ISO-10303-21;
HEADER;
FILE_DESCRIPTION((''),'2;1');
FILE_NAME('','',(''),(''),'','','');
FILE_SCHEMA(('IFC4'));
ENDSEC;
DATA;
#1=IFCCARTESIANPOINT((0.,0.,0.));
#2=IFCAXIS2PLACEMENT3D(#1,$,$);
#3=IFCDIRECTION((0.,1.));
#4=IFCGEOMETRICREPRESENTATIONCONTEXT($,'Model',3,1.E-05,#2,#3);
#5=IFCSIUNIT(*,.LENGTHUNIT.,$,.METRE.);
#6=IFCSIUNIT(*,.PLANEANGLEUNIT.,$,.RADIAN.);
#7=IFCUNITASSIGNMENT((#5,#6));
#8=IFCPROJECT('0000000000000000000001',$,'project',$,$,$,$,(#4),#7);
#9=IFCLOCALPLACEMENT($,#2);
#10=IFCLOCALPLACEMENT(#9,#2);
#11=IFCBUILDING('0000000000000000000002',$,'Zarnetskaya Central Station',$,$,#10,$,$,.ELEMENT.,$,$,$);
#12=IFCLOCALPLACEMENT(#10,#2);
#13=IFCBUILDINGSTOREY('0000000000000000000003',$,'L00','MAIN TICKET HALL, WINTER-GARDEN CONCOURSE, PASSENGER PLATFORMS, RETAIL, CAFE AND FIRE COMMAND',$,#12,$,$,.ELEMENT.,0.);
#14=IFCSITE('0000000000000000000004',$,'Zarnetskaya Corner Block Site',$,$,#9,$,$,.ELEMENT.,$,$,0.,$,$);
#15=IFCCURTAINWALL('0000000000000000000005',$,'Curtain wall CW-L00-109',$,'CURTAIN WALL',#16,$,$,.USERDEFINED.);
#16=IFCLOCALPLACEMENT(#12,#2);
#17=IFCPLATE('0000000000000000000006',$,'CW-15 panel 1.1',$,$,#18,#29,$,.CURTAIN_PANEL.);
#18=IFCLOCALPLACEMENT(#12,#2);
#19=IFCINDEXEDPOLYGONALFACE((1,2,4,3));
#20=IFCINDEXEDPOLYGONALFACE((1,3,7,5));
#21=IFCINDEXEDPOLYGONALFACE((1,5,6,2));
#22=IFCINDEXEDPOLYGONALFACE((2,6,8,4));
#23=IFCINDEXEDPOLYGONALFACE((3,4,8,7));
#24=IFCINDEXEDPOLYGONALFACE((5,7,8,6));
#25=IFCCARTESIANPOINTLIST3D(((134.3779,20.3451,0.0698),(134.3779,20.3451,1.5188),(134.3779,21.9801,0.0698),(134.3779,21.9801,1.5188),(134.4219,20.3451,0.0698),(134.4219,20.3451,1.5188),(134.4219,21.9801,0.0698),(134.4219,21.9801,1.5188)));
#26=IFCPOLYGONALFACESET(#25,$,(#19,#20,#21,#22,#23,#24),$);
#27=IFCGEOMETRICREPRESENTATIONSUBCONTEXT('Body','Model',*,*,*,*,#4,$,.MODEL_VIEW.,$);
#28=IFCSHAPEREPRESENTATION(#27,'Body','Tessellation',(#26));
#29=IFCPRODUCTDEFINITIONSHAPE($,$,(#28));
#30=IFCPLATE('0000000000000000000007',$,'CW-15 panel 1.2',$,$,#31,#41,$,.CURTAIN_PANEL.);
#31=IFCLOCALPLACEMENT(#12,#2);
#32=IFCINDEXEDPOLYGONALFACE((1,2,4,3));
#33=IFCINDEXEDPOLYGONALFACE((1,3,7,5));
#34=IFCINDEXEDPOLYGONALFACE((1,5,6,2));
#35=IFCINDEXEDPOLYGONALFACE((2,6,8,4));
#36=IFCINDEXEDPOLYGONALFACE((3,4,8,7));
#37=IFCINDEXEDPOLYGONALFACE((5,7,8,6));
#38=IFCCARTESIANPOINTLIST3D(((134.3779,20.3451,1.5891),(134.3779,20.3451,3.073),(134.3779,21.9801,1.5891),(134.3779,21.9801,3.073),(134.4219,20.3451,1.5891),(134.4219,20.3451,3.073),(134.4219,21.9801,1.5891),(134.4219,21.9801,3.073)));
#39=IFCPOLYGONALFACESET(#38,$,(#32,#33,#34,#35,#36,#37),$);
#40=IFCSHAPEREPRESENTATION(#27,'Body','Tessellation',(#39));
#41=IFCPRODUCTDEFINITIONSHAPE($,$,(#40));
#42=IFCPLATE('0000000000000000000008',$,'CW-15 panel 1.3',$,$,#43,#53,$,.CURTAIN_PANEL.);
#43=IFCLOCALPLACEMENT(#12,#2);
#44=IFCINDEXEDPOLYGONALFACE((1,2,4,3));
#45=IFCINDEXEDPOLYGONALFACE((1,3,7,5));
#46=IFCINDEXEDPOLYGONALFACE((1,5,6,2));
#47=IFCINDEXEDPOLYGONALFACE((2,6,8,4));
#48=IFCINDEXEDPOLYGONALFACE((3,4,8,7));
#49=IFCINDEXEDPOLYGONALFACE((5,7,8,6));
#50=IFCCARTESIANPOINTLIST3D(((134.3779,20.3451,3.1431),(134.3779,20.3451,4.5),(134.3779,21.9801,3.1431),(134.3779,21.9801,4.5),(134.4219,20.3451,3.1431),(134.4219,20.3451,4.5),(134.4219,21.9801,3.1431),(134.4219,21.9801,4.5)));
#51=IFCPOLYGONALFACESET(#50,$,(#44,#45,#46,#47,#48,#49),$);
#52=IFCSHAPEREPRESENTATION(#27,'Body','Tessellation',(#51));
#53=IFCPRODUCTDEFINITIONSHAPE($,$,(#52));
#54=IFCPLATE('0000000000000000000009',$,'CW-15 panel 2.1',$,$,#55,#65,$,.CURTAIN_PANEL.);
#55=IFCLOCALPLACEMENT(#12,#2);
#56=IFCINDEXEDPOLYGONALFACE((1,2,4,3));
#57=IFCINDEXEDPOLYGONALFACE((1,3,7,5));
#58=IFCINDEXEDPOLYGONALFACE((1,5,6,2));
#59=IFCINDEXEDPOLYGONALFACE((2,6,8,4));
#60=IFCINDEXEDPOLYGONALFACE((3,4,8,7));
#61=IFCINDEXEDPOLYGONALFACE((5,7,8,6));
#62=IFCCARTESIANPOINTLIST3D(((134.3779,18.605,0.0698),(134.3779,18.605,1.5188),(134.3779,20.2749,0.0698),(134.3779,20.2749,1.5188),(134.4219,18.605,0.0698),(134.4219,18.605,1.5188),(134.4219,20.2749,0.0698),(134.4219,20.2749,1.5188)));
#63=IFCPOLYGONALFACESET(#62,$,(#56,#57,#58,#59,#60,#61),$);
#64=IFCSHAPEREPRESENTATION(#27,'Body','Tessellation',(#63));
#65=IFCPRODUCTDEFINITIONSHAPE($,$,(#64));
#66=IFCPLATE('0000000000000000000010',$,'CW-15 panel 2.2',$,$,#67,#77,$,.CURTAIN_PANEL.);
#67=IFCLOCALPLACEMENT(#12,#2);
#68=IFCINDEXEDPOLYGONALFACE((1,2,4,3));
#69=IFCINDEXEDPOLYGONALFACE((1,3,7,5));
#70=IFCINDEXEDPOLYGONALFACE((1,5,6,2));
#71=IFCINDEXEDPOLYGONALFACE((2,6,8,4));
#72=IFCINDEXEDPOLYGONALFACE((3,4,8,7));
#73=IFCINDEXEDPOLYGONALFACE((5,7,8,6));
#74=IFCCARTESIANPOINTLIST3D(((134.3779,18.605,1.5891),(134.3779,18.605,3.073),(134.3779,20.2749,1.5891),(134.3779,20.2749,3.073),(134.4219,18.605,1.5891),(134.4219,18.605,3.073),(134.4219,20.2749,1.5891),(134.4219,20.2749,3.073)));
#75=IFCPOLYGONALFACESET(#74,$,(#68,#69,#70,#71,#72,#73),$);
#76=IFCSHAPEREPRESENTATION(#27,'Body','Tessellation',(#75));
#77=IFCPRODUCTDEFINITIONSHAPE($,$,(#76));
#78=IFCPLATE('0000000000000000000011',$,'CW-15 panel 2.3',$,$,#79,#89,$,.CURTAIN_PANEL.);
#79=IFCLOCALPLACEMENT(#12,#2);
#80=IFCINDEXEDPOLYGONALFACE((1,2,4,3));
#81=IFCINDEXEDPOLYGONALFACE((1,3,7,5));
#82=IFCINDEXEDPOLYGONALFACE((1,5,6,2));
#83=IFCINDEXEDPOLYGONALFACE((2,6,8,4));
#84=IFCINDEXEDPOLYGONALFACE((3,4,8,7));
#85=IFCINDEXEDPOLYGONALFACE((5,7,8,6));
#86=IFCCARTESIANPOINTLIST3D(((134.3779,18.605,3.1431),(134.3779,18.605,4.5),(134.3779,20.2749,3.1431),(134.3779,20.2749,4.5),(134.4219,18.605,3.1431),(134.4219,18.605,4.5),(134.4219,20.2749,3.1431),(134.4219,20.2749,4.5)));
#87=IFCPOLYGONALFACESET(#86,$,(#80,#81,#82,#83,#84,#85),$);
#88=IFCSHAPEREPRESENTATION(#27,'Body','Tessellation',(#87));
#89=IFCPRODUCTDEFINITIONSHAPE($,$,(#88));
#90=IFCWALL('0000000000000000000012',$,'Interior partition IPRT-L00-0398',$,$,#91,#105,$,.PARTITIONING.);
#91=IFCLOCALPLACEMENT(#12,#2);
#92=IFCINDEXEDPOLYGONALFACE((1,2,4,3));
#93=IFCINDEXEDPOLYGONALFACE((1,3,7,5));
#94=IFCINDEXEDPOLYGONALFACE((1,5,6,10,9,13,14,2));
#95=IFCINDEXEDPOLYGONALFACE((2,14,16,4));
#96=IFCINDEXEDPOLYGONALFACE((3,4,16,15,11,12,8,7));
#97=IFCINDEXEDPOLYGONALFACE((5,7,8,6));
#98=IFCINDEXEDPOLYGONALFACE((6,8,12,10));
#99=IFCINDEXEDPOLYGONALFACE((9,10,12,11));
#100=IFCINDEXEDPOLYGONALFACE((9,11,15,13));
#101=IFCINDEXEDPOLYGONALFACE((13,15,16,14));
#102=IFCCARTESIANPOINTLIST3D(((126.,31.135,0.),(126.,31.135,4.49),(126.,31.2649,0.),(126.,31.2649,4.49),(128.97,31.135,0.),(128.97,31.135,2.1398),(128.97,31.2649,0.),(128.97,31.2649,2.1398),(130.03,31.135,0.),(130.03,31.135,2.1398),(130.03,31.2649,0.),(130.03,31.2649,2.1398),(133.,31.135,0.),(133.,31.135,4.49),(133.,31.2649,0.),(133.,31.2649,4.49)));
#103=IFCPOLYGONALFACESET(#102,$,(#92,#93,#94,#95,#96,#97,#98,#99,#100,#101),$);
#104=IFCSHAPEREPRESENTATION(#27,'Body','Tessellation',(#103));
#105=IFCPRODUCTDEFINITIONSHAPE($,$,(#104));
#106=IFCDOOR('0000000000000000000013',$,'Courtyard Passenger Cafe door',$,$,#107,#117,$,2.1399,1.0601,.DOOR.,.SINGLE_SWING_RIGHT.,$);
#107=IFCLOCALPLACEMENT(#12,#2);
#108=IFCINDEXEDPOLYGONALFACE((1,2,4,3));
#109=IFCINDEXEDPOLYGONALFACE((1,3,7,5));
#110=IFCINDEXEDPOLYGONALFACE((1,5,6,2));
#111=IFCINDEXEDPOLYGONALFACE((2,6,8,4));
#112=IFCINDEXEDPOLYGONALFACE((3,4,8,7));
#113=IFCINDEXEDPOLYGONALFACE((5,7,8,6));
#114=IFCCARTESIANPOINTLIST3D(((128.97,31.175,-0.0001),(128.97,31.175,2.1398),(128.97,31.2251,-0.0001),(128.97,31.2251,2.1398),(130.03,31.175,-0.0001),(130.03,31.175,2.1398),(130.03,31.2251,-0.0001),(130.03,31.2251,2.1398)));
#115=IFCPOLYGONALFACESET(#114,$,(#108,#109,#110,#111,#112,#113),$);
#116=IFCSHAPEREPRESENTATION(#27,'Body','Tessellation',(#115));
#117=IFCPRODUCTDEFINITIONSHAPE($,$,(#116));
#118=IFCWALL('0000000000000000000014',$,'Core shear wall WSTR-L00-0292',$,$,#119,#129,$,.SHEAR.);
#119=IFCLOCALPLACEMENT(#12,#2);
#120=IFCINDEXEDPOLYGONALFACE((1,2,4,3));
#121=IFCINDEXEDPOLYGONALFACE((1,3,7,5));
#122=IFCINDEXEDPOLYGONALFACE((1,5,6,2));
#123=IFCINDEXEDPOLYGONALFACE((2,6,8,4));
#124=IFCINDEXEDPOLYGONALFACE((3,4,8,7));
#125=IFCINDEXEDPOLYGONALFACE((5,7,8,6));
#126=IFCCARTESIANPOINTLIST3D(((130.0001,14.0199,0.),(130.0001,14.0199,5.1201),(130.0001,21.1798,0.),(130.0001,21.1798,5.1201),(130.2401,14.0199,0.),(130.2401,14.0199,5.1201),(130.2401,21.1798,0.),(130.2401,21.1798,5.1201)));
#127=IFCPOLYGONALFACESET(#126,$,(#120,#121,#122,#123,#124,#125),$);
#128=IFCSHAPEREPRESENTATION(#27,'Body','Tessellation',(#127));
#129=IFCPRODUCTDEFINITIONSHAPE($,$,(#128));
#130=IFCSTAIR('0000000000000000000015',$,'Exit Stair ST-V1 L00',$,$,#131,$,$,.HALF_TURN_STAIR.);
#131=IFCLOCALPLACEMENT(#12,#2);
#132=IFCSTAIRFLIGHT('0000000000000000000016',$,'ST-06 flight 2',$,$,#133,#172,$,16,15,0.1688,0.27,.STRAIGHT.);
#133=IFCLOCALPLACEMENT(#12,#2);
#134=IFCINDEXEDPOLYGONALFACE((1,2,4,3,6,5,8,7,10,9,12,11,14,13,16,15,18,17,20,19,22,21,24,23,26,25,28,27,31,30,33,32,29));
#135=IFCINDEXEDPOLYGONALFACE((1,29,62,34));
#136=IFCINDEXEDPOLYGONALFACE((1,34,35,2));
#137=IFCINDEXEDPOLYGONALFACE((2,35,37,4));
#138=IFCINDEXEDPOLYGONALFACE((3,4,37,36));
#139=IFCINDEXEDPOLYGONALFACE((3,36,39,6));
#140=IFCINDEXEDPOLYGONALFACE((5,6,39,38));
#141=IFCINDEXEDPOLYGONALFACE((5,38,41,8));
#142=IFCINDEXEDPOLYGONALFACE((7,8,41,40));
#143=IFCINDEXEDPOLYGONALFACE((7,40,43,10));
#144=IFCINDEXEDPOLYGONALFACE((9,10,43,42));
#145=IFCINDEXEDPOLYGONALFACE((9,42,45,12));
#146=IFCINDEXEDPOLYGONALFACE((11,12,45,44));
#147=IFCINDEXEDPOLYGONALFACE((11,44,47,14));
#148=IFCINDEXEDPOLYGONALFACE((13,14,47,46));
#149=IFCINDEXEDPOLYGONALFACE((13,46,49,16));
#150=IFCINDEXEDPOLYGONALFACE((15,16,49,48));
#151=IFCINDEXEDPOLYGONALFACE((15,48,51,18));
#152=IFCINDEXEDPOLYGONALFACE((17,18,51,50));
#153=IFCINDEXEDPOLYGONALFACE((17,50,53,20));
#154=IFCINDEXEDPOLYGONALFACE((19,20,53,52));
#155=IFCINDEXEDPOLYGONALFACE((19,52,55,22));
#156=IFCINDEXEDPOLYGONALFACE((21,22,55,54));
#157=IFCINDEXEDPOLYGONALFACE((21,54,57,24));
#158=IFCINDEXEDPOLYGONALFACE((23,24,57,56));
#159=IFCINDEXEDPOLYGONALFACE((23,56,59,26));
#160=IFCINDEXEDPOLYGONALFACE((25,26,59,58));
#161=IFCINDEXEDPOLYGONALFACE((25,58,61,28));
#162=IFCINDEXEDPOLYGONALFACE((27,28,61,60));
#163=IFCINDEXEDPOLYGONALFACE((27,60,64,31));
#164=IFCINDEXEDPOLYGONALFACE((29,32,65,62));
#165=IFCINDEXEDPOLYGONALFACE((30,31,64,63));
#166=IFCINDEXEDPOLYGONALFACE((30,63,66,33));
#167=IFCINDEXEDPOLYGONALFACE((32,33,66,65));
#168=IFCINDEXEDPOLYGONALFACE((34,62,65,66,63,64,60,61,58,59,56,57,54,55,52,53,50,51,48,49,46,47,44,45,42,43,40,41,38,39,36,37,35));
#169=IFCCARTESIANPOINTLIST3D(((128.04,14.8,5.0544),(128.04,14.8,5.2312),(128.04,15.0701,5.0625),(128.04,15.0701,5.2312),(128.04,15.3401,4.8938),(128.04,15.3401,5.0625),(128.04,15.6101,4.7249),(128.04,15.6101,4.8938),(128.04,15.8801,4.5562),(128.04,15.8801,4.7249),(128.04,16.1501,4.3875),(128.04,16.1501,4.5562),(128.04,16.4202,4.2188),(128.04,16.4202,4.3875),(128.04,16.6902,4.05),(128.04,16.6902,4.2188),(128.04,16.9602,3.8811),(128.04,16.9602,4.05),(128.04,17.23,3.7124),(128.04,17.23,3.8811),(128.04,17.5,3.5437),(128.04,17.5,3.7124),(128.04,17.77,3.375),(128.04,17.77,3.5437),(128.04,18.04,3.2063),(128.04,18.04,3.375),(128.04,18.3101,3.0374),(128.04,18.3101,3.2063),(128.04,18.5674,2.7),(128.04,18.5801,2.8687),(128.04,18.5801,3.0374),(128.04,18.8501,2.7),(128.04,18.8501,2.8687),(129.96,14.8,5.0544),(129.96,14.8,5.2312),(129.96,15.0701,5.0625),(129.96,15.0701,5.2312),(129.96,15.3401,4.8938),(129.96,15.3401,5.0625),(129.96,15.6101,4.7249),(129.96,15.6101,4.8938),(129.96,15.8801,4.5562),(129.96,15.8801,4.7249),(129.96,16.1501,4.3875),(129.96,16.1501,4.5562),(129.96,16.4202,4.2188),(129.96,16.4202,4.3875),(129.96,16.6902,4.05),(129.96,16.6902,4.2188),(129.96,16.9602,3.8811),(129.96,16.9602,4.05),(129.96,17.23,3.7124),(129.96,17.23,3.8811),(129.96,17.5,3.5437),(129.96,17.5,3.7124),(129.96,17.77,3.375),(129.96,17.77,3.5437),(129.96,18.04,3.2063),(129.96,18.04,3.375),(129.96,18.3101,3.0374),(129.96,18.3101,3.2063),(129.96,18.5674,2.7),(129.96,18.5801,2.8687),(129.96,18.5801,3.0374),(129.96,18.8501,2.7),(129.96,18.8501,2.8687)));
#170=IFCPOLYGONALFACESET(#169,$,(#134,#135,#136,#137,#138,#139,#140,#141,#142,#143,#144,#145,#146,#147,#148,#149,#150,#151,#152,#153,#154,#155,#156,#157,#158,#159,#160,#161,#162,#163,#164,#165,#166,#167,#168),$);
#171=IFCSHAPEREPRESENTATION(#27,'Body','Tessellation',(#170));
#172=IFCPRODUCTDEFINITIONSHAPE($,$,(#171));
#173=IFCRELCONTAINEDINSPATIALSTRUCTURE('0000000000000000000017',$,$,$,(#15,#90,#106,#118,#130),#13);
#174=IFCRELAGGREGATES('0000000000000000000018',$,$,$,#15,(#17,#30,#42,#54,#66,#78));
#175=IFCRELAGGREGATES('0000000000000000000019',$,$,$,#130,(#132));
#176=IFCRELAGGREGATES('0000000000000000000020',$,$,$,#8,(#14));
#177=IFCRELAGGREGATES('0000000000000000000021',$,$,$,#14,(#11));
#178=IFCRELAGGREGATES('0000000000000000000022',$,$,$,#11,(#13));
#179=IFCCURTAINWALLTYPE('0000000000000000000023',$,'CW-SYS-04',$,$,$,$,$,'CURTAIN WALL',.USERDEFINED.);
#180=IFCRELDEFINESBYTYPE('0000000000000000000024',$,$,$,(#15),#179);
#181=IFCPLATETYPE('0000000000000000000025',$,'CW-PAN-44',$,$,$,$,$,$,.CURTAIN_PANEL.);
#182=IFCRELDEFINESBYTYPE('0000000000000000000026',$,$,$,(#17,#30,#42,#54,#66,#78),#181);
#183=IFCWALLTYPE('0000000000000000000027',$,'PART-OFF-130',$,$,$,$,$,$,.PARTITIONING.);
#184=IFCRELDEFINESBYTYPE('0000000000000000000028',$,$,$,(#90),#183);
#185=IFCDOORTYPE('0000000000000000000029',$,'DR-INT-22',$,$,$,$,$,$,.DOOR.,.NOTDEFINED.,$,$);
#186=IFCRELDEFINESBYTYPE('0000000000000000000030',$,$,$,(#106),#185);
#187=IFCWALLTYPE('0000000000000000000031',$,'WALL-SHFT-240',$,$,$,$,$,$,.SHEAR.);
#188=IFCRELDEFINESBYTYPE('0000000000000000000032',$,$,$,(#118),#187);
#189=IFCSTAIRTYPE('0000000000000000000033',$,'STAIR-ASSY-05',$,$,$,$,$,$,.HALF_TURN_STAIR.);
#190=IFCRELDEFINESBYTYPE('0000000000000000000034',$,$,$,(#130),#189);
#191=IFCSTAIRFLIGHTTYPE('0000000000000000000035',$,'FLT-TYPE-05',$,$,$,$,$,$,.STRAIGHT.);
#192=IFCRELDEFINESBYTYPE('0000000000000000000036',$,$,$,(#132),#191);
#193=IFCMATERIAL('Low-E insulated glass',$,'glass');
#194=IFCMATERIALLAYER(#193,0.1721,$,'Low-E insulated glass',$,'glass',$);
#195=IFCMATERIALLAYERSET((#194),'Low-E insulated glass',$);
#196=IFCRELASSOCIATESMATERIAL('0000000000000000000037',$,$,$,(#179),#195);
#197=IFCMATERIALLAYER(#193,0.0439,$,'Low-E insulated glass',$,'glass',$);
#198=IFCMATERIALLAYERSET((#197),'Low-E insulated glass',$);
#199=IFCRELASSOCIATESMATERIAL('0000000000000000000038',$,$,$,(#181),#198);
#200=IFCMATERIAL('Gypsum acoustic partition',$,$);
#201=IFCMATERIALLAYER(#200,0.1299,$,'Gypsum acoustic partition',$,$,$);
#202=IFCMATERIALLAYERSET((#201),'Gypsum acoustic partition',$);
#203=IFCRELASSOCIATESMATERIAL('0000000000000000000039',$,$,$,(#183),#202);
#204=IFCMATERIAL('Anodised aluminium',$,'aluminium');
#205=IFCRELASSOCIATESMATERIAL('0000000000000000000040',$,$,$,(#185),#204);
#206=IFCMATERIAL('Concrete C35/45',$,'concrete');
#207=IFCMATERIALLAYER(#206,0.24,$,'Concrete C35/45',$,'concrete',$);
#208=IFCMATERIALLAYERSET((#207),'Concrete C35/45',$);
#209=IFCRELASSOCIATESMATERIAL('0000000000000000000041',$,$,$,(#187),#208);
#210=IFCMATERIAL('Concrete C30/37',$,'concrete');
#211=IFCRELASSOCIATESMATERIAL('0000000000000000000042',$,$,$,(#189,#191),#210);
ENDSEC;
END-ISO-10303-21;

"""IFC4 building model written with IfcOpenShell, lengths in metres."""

from ifc_helpers import new_model, si_unit, direction, frame, frame_2d, origin, origin_2d, place, context, subcontext, project, spatial, polyline, rectangle, outline, extrude, material, layer, layer_set, type_object, element, fill, aggregate, save


model = new_model("IFC4")

# Units and contexts
model_context = context("Model", 3, precision=1e-05, world=origin(), true_north=direction((0.0, 1.0)))
body_context = subcontext(model_context, "Body", "Model", "MODEL_VIEW")
ifc_project = project(units=[si_unit("LENGTHUNIT", "METRE"), si_unit("PLANEANGLEUNIT", "RADIAN")], contexts=[model_context])

# Site, building, storey
site_placement = place(None, origin())
site = spatial("IfcSite", under=ifc_project, at=site_placement, Name="Zarnetskaya Corner Block Site", CompositionType="ELEMENT", RefElevation=0.0)
building_placement = place(site_placement, origin())
building = spatial("IfcBuilding", under=site, at=building_placement, Name="Zarnetskaya Central Station", CompositionType="ELEMENT")
storey_placement = place(building_placement, origin())
storey = spatial("IfcBuildingStorey", under=building, at=storey_placement, Name="L00", Description="MAIN TICKET HALL, WINTER-GARDEN CONCOURSE, PASSENGER PLATFORMS, RETAIL, CAFE AND FIRE COMMAND", CompositionType="ELEMENT", Elevation=0.0)

# Curtain wall, plates
ifc_material_1 = material(Name="Low-E insulated glass", Category="glass")
ifc_layer_1 = layer(ifc_material_1, 0.1721, Name="Low-E insulated glass", Category="glass")
ifc_layer_set_1 = layer_set([ifc_layer_1], Name="Low-E insulated glass")
curtain_wall_type = type_object("IfcCurtainWallType", Name="CW-SYS-04", ElementType="CURTAIN WALL", PredefinedType="USERDEFINED", material=ifc_layer_set_1)
curtain_wall_placement = place(storey_placement, origin())
curtain_wall = element("IfcCurtainWall", 1, at=curtain_wall_placement, inside=storey, type_object=curtain_wall_type, Name="Curtain wall CW-L00-109", ObjectType="CURTAIN WALL", PredefinedType="USERDEFINED")
ifc_material_2 = material(Name="Anodised aluminium", Category="aluminium")
ifc_layer_2 = layer(ifc_material_1, 0.0439, Name="Low-E insulated glass", Category="glass")
ifc_layer_set_2 = layer_set([ifc_layer_2], Name="Low-E insulated glass")
plate_type = type_object("IfcPlateType", Name="CW-PAN-44", PredefinedType="CURTAIN_PANEL", material=ifc_layer_set_2)
plate_1_placement = place(storey_placement, frame((134.3999, 21.1626, 0.0698), z_axis=(0.0, 0.0, 1.0), x_axis=(0.0, -1.0, 0.0)))
plate_1 = element("IfcPlate", 2, at=plate_1_placement, type_object=plate_type, Name="CW-15 panel 1.1", PredefinedType="CURTAIN_PANEL", context=body_context, shape_type="SweptSolid", body=[
    extrude(rectangle(XDim=1.635, YDim=0.0439, at=origin_2d()), origin(), (0.0, 0.0, 1.0), 1.449),
])
plate_2_placement = place(storey_placement, frame((134.3999, 21.1626, 1.5891), z_axis=(0.0, 0.0, 1.0), x_axis=(0.0, -1.0, 0.0)))
plate_2 = element("IfcPlate", 3, at=plate_2_placement, type_object=plate_type, Name="CW-15 panel 1.2", PredefinedType="CURTAIN_PANEL", context=body_context, shape_type="SweptSolid", body=[
    extrude(rectangle(XDim=1.635, YDim=0.0439, at=origin_2d()), origin(), (0.0, 0.0, 1.0), 1.4839),
])
plate_3_placement = place(storey_placement, frame((134.3999, 21.1626, 3.1431), z_axis=(0.0, 0.0, 1.0), x_axis=(0.0, -1.0, 0.0)))
plate_3 = element("IfcPlate", 4, at=plate_3_placement, type_object=plate_type, Name="CW-15 panel 1.3", PredefinedType="CURTAIN_PANEL", context=body_context, shape_type="SweptSolid", body=[
    extrude(rectangle(XDim=1.635, YDim=0.0439, at=origin_2d()), origin(), (0.0, 0.0, 1.0), 1.3569),
])
plate_4_placement = place(storey_placement, frame((134.3999, 19.4399, 0.0698), z_axis=(0.0, 0.0, 1.0), x_axis=(0.0, -1.0, 0.0)))
plate_4 = element("IfcPlate", 5, at=plate_4_placement, type_object=plate_type, Name="CW-15 panel 2.1", PredefinedType="CURTAIN_PANEL", context=body_context, shape_type="SweptSolid", body=[
    extrude(rectangle(XDim=1.6699, YDim=0.0439, at=origin_2d()), origin(), (0.0, 0.0, 1.0), 1.449),
])
plate_5_placement = place(storey_placement, frame((134.3999, 19.4399, 1.5891), z_axis=(0.0, 0.0, 1.0), x_axis=(0.0, -1.0, 0.0)))
plate_5 = element("IfcPlate", 6, at=plate_5_placement, type_object=plate_type, Name="CW-15 panel 2.2", PredefinedType="CURTAIN_PANEL", context=body_context, shape_type="SweptSolid", body=[
    extrude(rectangle(XDim=1.6699, YDim=0.0439, at=origin_2d()), origin(), (0.0, 0.0, 1.0), 1.4839),
])
plate_6_placement = place(storey_placement, frame((134.3999, 19.4399, 3.1431), z_axis=(0.0, 0.0, 1.0), x_axis=(0.0, -1.0, 0.0)))
plate_6 = element("IfcPlate", 7, at=plate_6_placement, type_object=plate_type, Name="CW-15 panel 2.3", PredefinedType="CURTAIN_PANEL", context=body_context, shape_type="SweptSolid", body=[
    extrude(rectangle(XDim=1.6699, YDim=0.0439, at=origin_2d()), origin(), (0.0, 0.0, 1.0), 1.3569),
])
aggregate(curtain_wall, [plate_1, plate_2, plate_3, plate_4, plate_5, plate_6])

# Wall, opening, door
ifc_material_3 = material(Name="Gypsum acoustic partition")
ifc_layer_3 = layer(ifc_material_3, 0.1299, Name="Gypsum acoustic partition")
ifc_layer_set_3 = layer_set([ifc_layer_3], Name="Gypsum acoustic partition")
wall_type_1 = type_object("IfcWallType", Name="PART-OFF-130", PredefinedType="PARTITIONING", material=ifc_layer_set_3)
wall_1_placement = place(storey_placement, frame((133.0, 31.2, 0.0), z_axis=(0.0, 0.0, 1.0), x_axis=(-1.0, 0.0, 0.0)))
wall_1 = element("IfcWall", 8, at=wall_1_placement, inside=storey, type_object=wall_type_1, Name="Interior partition IPRT-L00-0398", PredefinedType="PARTITIONING", context=body_context, shape_type="SweptSolid", body=[
    extrude(rectangle(XDim=7.0, YDim=0.1299, at=frame_2d((3.5, 0.0))), origin(), (0.0, 0.0, 1.0), 4.49),
])
opening_placement = place(wall_1_placement, frame((2.97, 0.0, 0.0)))
opening = element("IfcOpeningElement", 9, at=opening_placement, cuts=wall_1, PredefinedType="OPENING", context=body_context, shape_type="SweptSolid", body=[
    extrude(rectangle(XDim=1.0601, YDim=2.1399, at=frame_2d((0.53, 1.0698))), frame((0.0, 0.075, 0.0), z_axis=(0.0, -1.0, 0.0), x_axis=(1.0, 0.0, 0.0)), (0.0, 0.0, 1.0), 0.1499),
])
door_type = type_object("IfcDoorType", Name="DR-INT-22", OperationType="NOTDEFINED", PredefinedType="DOOR", material=ifc_material_2)
door_placement = place(opening_placement, origin())
door = element("IfcDoor", 10, at=door_placement, inside=storey, type_object=door_type, Name="Courtyard Passenger Cafe door", OperationType="SINGLE_SWING_RIGHT", OverallHeight=2.1399, OverallWidth=1.0601, PredefinedType="DOOR", context=body_context, shape_type="SweptSolid", body=[
    extrude(rectangle(XDim=1.0601, YDim=2.1399, at=frame_2d((0.53, 1.0698))), frame((0.0, 0.0249, 0.0), z_axis=(0.0, -1.0, 0.0), x_axis=(1.0, 0.0, 0.0)), (0.0, 0.0, 1.0), 0.05),
])
fill(opening, door)

# Wall
ifc_material_4 = material(Name="Concrete C35/45", Category="concrete")
ifc_layer_4 = layer(ifc_material_4, 0.24, Name="Concrete C35/45", Category="concrete")
ifc_layer_set_4 = layer_set([ifc_layer_4], Name="Concrete C35/45")
wall_type_2 = type_object("IfcWallType", Name="WALL-SHFT-240", PredefinedType="SHEAR", material=ifc_layer_set_4)
wall_2_placement = place(storey_placement, frame((130.1201, 21.1799, 0.0), z_axis=(0.0, 0.0, 1.0), x_axis=(0.0, -1.0, 0.0)))
element("IfcWall", 11, at=wall_2_placement, inside=storey, type_object=wall_type_2, Name="Core shear wall WSTR-L00-0292", PredefinedType="SHEAR", context=body_context, shape_type="SweptSolid", body=[
    extrude(rectangle(XDim=7.1599, YDim=0.24, at=frame_2d((3.5801, 0.0))), origin(), (0.0, 0.0, 1.0), 5.1201),
])

# Stair, stair flight
ifc_material_5 = material(Name="Concrete C30/37", Category="concrete")
stair_type = type_object("IfcStairType", Name="STAIR-ASSY-05", PredefinedType="HALF_TURN_STAIR", material=ifc_material_5)
stair_placement = place(storey_placement, origin())
stair = element("IfcStair", 12, at=stair_placement, inside=storey, type_object=stair_type, Name="Exit Stair ST-V1 L00", PredefinedType="HALF_TURN_STAIR")
stair_flight_type = type_object("IfcStairFlightType", Name="FLT-TYPE-05", PredefinedType="STRAIGHT", material=ifc_material_5)
stair_flight_placement = place(storey_placement, frame((129.0, 18.8501, 2.7), z_axis=(0.0, 0.0, 1.0), x_axis=(0.0, -1.0, 0.0)))
stair_flight = element("IfcStairFlight", 13, at=stair_flight_placement, type_object=stair_flight_type, Name="ST-06 flight 2", NumberOfRisers=16, NumberOfTreads=15, PredefinedType="STRAIGHT", RiserHeight=0.1688, TreadLength=0.27, context=body_context, shape_type="SweptSolid", body=[
    extrude(outline(polyline([(0.0, 0.0), (0.0, 0.1687), (0.27, 0.1687), (0.27, 0.3374), (0.54, 0.3374), (0.54, 0.5063), (0.8101, 0.5063), (0.8101, 0.675), (1.0801, 0.675), (1.0801, 0.8438), (1.3501, 0.8438), (1.3501, 1.0125), (1.6201, 1.0125), (1.6201, 1.1812), (1.8899, 1.1812), (1.8899, 1.3501), (2.1599, 1.3501), (2.1599, 1.5188), (2.4299, 1.5188), (2.4299, 1.6875), (2.7, 1.6875), (2.7, 1.8562), (2.97, 1.8562), (2.97, 2.0249), (3.24, 2.0249), (3.24, 2.1938), (3.51, 2.1938), (3.51, 2.3625), (3.78, 2.3625), (3.78, 2.5312), (4.05, 2.5312), (4.05, 2.7), (4.05, 2.3545), (0.2827, 0.0), (0.0, 0.0)])), frame((0.0, 0.96, 0.0), z_axis=(0.0, -1.0, 0.0), x_axis=(1.0, 0.0, 0.0)), (0.0, 0.0, 1.0), 1.9199),
])
aggregate(stair, [stair_flight])

save(model, "model.ifc")
